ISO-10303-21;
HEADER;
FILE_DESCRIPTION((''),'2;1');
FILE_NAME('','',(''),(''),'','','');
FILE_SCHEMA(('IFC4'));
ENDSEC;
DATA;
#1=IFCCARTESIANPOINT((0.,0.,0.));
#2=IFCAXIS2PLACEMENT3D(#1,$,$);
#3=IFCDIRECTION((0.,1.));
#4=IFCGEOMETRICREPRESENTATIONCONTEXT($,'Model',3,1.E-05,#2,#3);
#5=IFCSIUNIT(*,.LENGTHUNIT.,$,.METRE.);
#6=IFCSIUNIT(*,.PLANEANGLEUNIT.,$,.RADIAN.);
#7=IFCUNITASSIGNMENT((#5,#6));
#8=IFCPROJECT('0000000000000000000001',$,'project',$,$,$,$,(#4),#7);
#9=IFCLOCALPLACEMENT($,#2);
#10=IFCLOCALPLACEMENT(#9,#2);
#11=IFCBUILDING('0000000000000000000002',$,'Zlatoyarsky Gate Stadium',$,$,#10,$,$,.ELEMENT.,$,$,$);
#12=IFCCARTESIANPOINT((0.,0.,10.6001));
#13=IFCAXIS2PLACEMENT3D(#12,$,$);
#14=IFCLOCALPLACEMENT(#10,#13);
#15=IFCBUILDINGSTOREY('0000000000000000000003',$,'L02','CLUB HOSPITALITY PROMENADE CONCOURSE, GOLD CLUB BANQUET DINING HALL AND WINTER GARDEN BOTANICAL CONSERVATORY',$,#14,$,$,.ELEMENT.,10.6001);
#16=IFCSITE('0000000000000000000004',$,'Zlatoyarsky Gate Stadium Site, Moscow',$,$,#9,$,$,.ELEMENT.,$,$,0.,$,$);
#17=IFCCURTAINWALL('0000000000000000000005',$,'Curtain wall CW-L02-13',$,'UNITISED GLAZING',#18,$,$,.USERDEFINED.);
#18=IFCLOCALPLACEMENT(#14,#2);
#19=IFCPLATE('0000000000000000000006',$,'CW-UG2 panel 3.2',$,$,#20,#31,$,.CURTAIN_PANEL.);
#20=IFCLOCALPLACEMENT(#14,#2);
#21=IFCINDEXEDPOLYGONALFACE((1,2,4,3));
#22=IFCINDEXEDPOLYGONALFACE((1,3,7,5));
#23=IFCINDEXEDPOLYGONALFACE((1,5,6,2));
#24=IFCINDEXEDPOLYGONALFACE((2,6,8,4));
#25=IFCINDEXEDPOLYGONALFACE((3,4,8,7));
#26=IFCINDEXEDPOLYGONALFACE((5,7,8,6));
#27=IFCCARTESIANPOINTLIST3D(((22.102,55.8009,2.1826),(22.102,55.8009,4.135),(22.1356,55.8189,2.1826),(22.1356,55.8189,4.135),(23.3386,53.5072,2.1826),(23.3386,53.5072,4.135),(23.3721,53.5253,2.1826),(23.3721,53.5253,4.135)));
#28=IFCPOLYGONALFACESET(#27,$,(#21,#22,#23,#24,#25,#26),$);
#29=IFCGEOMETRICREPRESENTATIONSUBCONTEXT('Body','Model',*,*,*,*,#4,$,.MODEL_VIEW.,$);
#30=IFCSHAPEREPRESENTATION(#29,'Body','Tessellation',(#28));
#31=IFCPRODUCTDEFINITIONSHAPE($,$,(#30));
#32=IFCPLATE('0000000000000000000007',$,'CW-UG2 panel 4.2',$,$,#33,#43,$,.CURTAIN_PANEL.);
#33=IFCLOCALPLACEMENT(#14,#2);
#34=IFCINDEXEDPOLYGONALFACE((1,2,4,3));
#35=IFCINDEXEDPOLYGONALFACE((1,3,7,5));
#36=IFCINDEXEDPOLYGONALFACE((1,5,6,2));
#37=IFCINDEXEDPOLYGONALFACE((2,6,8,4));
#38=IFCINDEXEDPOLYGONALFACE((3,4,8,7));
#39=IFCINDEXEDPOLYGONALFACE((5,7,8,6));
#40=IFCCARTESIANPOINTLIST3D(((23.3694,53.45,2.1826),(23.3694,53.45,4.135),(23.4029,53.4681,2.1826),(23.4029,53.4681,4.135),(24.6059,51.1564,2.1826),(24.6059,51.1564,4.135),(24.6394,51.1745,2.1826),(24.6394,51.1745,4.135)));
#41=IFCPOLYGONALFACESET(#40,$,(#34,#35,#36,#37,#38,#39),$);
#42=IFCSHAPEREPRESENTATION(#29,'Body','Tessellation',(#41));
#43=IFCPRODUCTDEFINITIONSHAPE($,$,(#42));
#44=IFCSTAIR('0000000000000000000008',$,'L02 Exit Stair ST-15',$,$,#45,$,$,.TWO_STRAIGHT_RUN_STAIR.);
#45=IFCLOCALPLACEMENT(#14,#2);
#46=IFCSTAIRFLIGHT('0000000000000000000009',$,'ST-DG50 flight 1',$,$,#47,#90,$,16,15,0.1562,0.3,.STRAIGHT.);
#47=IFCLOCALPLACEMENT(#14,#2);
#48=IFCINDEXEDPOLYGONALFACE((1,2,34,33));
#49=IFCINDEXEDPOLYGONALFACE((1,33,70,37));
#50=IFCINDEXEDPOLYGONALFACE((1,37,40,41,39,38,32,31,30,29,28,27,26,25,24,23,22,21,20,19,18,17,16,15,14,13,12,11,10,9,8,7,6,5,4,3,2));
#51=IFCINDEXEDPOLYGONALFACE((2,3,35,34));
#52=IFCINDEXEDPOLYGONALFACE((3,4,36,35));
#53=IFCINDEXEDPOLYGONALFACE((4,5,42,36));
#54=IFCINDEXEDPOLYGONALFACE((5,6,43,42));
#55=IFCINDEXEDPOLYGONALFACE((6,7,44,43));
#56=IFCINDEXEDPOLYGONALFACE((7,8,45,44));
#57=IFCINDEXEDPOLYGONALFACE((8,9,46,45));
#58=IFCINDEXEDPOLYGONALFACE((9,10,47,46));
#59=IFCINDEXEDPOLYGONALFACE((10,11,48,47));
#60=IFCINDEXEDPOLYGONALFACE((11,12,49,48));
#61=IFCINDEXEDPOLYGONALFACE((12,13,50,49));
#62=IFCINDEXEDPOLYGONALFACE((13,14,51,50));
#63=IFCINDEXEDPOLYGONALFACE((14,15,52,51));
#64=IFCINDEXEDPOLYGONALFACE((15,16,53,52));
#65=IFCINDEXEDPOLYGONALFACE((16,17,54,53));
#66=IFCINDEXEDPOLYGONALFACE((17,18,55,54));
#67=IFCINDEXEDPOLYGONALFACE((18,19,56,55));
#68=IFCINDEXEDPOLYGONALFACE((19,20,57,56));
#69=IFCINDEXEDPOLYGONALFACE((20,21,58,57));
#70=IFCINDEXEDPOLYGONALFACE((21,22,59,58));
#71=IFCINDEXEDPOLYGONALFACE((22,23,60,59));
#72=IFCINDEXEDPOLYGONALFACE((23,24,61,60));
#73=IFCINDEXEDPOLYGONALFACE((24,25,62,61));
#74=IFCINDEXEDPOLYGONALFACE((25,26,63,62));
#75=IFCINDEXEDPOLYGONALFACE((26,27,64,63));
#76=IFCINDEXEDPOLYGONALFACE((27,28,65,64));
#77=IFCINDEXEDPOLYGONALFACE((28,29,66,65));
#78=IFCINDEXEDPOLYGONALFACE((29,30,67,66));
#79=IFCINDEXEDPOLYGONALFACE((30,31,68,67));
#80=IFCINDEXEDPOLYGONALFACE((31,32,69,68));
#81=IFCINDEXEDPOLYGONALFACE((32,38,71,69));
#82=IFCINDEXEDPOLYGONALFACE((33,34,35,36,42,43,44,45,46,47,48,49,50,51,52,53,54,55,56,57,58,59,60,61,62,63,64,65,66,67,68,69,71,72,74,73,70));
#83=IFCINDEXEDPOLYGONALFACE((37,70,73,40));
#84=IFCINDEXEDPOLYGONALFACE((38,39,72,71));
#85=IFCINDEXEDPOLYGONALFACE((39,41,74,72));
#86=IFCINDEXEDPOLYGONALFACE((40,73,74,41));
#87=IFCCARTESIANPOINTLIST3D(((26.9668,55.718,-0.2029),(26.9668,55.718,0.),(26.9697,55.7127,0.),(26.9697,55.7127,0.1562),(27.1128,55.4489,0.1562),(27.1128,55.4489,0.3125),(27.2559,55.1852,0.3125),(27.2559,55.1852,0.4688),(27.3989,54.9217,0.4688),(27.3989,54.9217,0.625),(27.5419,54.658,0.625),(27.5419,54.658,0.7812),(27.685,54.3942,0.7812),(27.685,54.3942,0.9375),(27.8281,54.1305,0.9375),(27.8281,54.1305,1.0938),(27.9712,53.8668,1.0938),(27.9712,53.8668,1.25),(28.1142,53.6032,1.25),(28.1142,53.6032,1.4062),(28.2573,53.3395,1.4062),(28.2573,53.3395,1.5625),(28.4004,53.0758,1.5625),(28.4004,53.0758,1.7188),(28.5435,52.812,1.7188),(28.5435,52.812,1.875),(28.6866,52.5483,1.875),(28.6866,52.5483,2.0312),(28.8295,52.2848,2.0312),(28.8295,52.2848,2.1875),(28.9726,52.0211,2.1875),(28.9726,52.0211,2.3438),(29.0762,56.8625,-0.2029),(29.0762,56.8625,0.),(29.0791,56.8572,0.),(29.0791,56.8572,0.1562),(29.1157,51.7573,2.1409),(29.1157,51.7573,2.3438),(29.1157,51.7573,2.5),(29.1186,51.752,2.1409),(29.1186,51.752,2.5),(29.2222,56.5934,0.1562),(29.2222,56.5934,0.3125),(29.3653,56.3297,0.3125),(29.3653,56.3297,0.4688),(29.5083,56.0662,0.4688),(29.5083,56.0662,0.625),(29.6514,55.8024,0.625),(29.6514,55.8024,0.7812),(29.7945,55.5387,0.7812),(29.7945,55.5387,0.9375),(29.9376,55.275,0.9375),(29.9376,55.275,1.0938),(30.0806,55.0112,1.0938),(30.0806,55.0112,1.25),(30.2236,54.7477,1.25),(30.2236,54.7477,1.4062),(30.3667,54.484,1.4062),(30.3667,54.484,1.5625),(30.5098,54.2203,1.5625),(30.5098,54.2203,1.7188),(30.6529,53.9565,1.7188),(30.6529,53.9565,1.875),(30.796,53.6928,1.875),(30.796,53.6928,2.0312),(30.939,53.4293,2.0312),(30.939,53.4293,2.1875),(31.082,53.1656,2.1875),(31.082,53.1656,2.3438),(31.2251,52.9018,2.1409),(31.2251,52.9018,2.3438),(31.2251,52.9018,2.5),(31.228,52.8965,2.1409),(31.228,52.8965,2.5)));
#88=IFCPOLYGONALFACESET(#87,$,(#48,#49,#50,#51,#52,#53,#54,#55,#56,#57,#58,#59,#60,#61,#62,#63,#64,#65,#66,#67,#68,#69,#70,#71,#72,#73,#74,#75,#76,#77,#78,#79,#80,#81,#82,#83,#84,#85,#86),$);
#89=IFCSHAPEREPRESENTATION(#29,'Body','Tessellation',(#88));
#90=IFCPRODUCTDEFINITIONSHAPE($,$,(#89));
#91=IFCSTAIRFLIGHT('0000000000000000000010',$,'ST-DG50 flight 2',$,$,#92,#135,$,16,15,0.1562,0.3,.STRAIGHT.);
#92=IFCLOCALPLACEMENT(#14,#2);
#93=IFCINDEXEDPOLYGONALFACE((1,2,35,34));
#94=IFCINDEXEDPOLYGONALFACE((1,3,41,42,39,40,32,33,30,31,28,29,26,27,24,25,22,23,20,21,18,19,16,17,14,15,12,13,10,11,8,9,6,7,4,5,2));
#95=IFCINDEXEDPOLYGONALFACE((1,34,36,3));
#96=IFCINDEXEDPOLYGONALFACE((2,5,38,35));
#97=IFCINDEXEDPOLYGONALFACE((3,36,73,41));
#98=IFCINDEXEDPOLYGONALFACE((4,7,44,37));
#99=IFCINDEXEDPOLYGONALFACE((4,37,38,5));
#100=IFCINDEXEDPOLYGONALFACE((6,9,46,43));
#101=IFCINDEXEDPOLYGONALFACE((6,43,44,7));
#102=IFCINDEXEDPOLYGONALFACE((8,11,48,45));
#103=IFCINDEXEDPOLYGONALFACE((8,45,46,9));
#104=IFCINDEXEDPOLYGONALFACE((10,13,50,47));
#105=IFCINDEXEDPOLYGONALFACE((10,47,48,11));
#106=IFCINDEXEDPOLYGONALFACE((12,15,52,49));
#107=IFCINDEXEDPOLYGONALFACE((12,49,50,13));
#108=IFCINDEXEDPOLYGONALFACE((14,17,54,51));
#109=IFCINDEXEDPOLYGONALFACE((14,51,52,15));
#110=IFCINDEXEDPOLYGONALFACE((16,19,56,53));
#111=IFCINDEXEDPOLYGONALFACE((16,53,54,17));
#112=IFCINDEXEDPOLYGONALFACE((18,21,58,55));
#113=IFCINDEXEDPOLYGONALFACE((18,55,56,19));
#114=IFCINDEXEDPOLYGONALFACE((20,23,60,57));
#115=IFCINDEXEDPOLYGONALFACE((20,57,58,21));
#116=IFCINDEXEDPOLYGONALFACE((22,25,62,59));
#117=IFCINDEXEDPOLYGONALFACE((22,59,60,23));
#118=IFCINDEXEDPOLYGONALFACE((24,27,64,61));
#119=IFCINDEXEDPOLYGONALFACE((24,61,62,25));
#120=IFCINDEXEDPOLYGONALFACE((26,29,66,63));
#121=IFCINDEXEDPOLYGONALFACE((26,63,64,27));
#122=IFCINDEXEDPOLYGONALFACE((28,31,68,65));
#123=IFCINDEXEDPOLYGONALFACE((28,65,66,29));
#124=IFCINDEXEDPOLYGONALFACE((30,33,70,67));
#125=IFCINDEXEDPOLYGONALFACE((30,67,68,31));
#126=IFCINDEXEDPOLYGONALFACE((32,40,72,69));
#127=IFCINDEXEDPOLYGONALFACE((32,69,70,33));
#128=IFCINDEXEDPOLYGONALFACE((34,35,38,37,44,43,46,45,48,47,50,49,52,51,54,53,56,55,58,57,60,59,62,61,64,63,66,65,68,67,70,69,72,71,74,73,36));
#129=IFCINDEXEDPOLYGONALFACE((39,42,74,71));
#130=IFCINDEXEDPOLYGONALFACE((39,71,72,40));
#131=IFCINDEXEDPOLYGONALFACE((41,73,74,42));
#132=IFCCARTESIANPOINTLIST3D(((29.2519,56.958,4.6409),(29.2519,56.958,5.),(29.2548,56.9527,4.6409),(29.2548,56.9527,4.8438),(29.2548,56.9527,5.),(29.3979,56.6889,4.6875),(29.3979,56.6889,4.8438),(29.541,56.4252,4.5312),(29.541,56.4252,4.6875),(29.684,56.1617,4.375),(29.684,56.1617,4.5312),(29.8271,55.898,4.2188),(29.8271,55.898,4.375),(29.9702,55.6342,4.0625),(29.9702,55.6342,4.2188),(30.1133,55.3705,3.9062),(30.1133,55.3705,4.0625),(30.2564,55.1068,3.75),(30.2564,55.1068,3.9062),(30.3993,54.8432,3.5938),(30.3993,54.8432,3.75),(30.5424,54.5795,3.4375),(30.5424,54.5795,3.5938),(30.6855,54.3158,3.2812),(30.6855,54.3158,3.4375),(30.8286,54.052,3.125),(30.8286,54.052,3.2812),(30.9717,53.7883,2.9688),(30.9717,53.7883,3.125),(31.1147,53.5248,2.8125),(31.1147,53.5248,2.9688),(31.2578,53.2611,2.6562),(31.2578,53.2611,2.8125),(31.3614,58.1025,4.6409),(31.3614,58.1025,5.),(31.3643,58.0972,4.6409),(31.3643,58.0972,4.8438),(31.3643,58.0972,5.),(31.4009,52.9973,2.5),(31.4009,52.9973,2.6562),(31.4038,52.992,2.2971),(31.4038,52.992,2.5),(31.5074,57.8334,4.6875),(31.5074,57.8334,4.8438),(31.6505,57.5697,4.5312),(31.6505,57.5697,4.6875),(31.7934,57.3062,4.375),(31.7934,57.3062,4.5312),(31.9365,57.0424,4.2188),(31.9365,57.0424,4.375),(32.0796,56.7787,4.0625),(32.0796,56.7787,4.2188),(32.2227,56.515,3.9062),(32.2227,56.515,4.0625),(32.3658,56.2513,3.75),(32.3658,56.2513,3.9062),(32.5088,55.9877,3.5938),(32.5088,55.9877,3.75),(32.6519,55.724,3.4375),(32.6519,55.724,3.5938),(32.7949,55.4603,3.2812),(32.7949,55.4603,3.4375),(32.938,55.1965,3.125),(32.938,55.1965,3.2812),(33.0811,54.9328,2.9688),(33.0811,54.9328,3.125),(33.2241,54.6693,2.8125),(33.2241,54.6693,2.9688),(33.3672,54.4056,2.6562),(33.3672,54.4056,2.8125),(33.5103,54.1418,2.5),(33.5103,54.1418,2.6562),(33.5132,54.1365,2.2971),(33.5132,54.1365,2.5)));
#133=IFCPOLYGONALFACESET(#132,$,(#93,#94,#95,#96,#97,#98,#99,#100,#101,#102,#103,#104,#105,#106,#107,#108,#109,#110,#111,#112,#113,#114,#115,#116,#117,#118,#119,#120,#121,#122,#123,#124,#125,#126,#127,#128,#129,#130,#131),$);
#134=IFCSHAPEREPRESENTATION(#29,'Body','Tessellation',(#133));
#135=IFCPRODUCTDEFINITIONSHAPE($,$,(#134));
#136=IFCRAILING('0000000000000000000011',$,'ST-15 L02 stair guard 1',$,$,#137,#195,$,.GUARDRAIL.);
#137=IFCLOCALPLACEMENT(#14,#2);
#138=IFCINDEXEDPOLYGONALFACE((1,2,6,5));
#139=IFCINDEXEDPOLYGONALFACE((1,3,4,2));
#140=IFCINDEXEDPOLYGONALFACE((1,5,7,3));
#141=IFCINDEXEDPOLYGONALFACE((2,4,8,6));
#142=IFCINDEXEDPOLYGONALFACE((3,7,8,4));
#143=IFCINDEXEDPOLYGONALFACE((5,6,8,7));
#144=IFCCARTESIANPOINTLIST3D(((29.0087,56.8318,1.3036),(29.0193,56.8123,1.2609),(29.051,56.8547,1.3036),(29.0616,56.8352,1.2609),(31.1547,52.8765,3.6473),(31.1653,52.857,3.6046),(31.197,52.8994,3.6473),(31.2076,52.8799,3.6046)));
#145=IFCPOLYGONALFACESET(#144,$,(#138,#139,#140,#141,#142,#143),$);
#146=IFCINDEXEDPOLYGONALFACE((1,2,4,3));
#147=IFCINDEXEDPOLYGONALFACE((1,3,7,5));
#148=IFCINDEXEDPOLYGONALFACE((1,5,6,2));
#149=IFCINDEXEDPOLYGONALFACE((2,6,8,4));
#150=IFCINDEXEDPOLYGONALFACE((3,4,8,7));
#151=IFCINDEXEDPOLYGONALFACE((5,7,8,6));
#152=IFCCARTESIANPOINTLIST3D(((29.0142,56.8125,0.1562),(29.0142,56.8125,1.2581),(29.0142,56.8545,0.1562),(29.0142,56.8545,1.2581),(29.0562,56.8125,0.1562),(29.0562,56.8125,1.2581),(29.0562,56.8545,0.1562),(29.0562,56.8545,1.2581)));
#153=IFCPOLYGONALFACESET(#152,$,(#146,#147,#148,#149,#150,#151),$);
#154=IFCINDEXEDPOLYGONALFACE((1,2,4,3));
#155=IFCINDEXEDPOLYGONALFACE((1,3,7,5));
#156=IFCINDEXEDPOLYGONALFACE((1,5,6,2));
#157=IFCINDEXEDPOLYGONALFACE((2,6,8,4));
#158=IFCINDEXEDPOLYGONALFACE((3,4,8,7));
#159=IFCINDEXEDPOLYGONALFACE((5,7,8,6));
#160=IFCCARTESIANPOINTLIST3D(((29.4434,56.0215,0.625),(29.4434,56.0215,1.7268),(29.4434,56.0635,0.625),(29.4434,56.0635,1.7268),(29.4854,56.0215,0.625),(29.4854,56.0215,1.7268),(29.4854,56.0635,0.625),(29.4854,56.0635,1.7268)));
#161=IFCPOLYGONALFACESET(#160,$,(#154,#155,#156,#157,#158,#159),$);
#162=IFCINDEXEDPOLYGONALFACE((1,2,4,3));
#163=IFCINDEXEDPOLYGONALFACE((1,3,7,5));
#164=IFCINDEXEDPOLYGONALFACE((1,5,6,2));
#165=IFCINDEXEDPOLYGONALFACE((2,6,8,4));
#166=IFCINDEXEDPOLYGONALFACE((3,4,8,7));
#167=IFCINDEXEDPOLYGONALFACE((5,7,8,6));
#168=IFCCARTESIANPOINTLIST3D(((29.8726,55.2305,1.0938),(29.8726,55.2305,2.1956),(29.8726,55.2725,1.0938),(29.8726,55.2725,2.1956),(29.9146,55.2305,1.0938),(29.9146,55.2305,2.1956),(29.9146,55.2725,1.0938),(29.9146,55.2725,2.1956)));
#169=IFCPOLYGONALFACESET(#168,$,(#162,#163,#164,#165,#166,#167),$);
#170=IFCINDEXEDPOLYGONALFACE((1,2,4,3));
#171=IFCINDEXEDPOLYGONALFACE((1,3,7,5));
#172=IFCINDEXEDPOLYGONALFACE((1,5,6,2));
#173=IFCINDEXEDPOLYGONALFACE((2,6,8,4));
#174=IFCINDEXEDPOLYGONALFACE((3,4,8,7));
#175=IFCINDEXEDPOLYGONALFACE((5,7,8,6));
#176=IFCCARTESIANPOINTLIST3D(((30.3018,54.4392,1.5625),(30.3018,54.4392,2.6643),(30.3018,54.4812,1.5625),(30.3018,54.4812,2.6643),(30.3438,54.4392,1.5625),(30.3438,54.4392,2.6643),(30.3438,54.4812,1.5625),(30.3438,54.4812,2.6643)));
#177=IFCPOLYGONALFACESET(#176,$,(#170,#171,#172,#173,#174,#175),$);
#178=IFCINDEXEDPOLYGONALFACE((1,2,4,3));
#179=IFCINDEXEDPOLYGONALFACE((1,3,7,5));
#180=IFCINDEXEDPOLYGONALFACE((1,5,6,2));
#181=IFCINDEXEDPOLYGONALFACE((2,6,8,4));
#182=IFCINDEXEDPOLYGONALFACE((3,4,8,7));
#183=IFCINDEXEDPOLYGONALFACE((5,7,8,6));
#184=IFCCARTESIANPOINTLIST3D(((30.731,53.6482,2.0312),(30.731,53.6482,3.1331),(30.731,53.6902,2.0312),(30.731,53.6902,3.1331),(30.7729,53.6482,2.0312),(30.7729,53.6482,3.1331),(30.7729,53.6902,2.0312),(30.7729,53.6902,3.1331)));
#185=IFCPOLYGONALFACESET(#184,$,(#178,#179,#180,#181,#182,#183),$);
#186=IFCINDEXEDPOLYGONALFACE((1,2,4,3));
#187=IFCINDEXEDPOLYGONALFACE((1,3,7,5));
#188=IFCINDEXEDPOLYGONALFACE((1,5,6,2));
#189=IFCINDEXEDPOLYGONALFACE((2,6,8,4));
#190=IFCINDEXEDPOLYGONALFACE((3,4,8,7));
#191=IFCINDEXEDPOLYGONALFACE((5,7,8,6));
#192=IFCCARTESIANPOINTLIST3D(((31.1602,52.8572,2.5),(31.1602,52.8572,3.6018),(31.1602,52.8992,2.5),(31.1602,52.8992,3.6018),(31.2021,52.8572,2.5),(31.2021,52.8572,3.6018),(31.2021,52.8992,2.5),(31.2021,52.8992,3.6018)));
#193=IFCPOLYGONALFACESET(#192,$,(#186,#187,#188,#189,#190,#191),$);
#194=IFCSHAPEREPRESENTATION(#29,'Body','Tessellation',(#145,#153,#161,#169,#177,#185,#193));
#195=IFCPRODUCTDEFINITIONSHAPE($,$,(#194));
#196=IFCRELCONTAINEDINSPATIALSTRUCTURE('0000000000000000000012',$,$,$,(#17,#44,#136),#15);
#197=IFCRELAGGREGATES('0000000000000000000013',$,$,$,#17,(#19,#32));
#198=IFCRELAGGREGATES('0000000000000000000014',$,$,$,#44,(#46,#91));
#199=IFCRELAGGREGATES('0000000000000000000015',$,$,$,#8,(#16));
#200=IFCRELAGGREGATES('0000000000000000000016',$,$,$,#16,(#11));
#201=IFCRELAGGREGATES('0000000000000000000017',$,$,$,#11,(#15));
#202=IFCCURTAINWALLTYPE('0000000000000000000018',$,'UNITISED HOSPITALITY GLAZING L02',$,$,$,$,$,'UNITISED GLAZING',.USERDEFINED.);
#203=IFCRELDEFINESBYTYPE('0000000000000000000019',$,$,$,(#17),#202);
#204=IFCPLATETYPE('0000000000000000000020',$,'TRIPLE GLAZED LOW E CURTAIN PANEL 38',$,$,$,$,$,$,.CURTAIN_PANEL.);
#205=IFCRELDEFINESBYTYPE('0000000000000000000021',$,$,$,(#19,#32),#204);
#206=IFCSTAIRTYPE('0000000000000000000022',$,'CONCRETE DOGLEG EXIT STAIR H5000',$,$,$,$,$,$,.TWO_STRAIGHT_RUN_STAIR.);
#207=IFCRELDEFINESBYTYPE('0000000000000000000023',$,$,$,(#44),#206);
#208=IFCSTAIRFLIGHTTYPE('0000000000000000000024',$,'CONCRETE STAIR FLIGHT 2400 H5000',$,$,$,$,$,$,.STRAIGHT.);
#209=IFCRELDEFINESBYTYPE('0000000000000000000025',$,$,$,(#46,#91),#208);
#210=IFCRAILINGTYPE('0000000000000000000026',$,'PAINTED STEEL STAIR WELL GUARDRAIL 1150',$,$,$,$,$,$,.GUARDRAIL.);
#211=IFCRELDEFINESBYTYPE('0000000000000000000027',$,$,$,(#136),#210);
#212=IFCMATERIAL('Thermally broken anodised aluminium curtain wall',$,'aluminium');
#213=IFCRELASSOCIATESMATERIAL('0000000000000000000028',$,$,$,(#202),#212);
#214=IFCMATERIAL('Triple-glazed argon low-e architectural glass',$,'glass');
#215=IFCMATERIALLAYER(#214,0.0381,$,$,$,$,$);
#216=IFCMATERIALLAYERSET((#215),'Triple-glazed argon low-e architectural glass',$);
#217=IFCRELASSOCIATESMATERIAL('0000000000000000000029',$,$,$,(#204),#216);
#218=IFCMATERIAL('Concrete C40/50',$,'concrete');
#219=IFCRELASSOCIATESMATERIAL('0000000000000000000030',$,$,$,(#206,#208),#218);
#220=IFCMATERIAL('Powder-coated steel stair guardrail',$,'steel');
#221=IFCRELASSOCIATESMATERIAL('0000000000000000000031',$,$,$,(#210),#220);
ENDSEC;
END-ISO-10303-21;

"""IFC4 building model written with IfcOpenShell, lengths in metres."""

from ifc_helpers import new_model, si_unit, direction, frame, origin, origin_2d, place, context, subcontext, project, spatial, polyline, rectangle, outline, extrude, material, layer, layer_set, type_object, element, aggregate, save


model = new_model("IFC4")

# Units and contexts
model_context = context("Model", 3, precision=1e-05, world=origin(), true_north=direction((0.0, 1.0)))
body_context = subcontext(model_context, "Body", "Model", "MODEL_VIEW")
ifc_project = project(units=[si_unit("LENGTHUNIT", "METRE"), si_unit("PLANEANGLEUNIT", "RADIAN")], contexts=[model_context])

# Site, building, storey
site_placement = place(None, origin())
site = spatial("IfcSite", under=ifc_project, at=site_placement, Name="Zlatoyarsky Gate Stadium Site, Moscow", CompositionType="ELEMENT", RefElevation=0.0)
building_placement = place(site_placement, origin())
building = spatial("IfcBuilding", under=site, at=building_placement, Name="Zlatoyarsky Gate Stadium", CompositionType="ELEMENT")
storey_placement = place(building_placement, frame((0.0, 0.0, 10.6001)))
storey = spatial("IfcBuildingStorey", under=building, at=storey_placement, Name="L02", Description="CLUB HOSPITALITY PROMENADE CONCOURSE, GOLD CLUB BANQUET DINING HALL AND WINTER GARDEN BOTANICAL CONSERVATORY", CompositionType="ELEMENT", Elevation=10.6001)

# Curtain wall
ifc_material_1 = material(Name="Thermally broken anodised aluminium curtain wall", Category="aluminium")
curtain_wall_type = type_object("IfcCurtainWallType", Name="UNITISED HOSPITALITY GLAZING L02", ElementType="UNITISED GLAZING", PredefinedType="USERDEFINED", material=ifc_material_1)
curtain_wall_placement = place(storey_placement, origin())
curtain_wall = element("IfcCurtainWall", 1, at=curtain_wall_placement, inside=storey, type_object=curtain_wall_type, Name="Curtain wall CW-L02-13", ObjectType="UNITISED GLAZING", PredefinedType="USERDEFINED")

# Plates
ifc_material_2 = material(Name="Triple-glazed argon low-e architectural glass", Category="glass")
ifc_layer_1 = layer(ifc_material_2, 0.0381)
ifc_layer_set_1 = layer_set([ifc_layer_1], Name="Triple-glazed argon low-e architectural glass")
plate_type_1 = type_object("IfcPlateType", Name="TRIPLE GLAZED LOW E CURTAIN PANEL 38", PredefinedType="CURTAIN_PANEL", material=ifc_layer_set_1)
plate_1_placement = place(storey_placement, frame((22.7371, 54.6631, 2.1826), z_axis=(0.0, 0.0, 1.0), x_axis=(0.474536, -0.880236, 0.0)))
plate_1 = element("IfcPlate", 2, at=plate_1_placement, type_object=plate_type_1, Name="CW-UG2 panel 3.2", PredefinedType="CURTAIN_PANEL", context=body_context, shape_type="SweptSolid", body=[
    extrude(rectangle(XDim=2.6057, YDim=0.0381, at=origin_2d()), origin(), (0.0, 0.0, 1.0), 1.9524),
])
plate_2_placement = place(storey_placement, frame((24.0044, 52.3123, 2.1826), z_axis=(0.0, 0.0, 1.0), x_axis=(0.474536, -0.880236, 0.0)))
plate_2 = element("IfcPlate", 3, at=plate_2_placement, type_object=plate_type_1, Name="CW-UG2 panel 4.2", PredefinedType="CURTAIN_PANEL", context=body_context, shape_type="SweptSolid", body=[
    extrude(rectangle(XDim=2.6057, YDim=0.0381, at=origin_2d()), origin(), (0.0, 0.0, 1.0), 1.9524),
])
aggregate(curtain_wall, [plate_1, plate_2])

# Stair, stair flights
ifc_material_3 = material(Name="Concrete C40/50", Category="concrete")
stair_type = type_object("IfcStairType", Name="CONCRETE DOGLEG EXIT STAIR H5000", PredefinedType="TWO_STRAIGHT_RUN_STAIR", material=ifc_material_3)
stair_placement = place(storey_placement, origin())
stair = element("IfcStair", 4, at=stair_placement, inside=storey, type_object=stair_type, Name="L02 Exit Stair ST-15", PredefinedType="TWO_STRAIGHT_RUN_STAIR")
stair_flight_type = type_object("IfcStairFlightType", Name="CONCRETE STAIR FLIGHT 2400 H5000", PredefinedType="STRAIGHT", material=ifc_material_3)
stair_flight_1_placement = place(storey_placement, frame((28.0244, 56.2849, 0.0), z_axis=(0.0, 0.0, 1.0), x_axis=(0.47689, -0.878963, 0.0)))
stair_flight_1 = element("IfcStairFlight", 5, at=stair_flight_1_placement, type_object=stair_flight_type, Name="ST-DG50 flight 1", NumberOfRisers=16, NumberOfTreads=15, PredefinedType="STRAIGHT", RiserHeight=0.1562, TreadLength=0.3, context=body_context, shape_type="SweptSolid", body=[
    extrude(outline(polyline([(-0.0061, -0.2029), (-0.0061, 0.0), (0.0, 0.0), (0.0, 0.1562), (0.3, 0.1562), (0.3, 0.3125), (0.6001, 0.3125), (0.6001, 0.4688), (0.8999, 0.4688), (0.8999, 0.625), (1.2, 0.625), (1.2, 0.7812), (1.5, 0.7812), (1.5, 0.9375), (1.8, 0.9375), (1.8, 1.0938), (2.1001, 1.0938), (2.1001, 1.25), (2.3999, 1.25), (2.3999, 1.4062), (2.7, 1.4062), (2.7, 1.5625), (3.0, 1.5625), (3.0, 1.7188), (3.3, 1.7188), (3.3, 1.875), (3.6001, 1.875), (3.6001, 2.0312), (3.8999, 2.0312), (3.8999, 2.1875), (4.2, 2.1875), (4.2, 2.3438), (4.5, 2.3438), (4.5, 2.5), (4.5061, 2.5), (4.5061, 2.1409), (4.5, 2.1409), (-0.0061, -0.2029)])), frame((0.0, 1.2, 0.0), z_axis=(0.0, -1.0, 0.0), x_axis=(1.0, 0.0, 0.0)), (0.0, 0.0, 1.0), 2.3999),
])
stair_flight_2_placement = place(storey_placement, frame((32.4556, 53.5696, 2.5), z_axis=(0.0, 0.0, 1.0), x_axis=(-0.47689, 0.878963, 0.0)))
stair_flight_2 = element("IfcStairFlight", 6, at=stair_flight_2_placement, type_object=stair_flight_type, Name="ST-DG50 flight 2", NumberOfRisers=16, NumberOfTreads=15, PredefinedType="STRAIGHT", RiserHeight=0.1562, TreadLength=0.3, context=body_context, shape_type="SweptSolid", body=[
    extrude(outline(polyline([(-0.0061, -0.2029), (-0.0061, 0.0), (0.0, 0.0), (0.0, 0.1562), (0.3, 0.1562), (0.3, 0.3125), (0.6001, 0.3125), (0.6001, 0.4688), (0.8999, 0.4688), (0.8999, 0.625), (1.2, 0.625), (1.2, 0.7812), (1.5, 0.7812), (1.5, 0.9375), (1.8, 0.9375), (1.8, 1.0938), (2.1001, 1.0938), (2.1001, 1.25), (2.3999, 1.25), (2.3999, 1.4062), (2.7, 1.4062), (2.7, 1.5625), (3.0, 1.5625), (3.0, 1.7188), (3.3, 1.7188), (3.3, 1.875), (3.6001, 1.875), (3.6001, 2.0312), (3.8999, 2.0312), (3.8999, 2.1875), (4.2, 2.1875), (4.2, 2.3438), (4.5, 2.3438), (4.5, 2.5), (4.5061, 2.5), (4.5061, 2.1409), (4.5, 2.1409), (-0.0061, -0.2029)])), frame((0.0, 1.2, 0.0), z_axis=(0.0, -1.0, 0.0), x_axis=(1.0, 0.0, 0.0)), (0.0, 0.0, 1.0), 2.3999),
])
aggregate(stair, [stair_flight_1, stair_flight_2])

# Railing
ifc_material_4 = material(Name="Powder-coated steel stair guardrail", Category="steel")
railing_type_1 = type_object("IfcRailingType", Name="PAINTED STEEL STAIR WELL GUARDRAIL 1150", PredefinedType="GUARDRAIL", material=ifc_material_4)
railing_1_placement = place(storey_placement, frame((29.0352, 56.8335, 0.1562)))
element("IfcRailing", 7, at=railing_1_placement, inside=storey, type_object=railing_type_1, Name="ST-15 L02 stair guard 1", PredefinedType="GUARDRAIL", context=body_context, shape_type="SweptSolid", body=[
    extrude(rectangle(XDim=0.0481, YDim=0.0481, at=origin_2d()), frame((0.0, 0.0, 1.126), z_axis=(0.42296, -0.779564, 0.461936), x_axis=(0.878963, 0.47689, 0.0)), (0.0, 0.0, 1.0), 5.0737),
    extrude(rectangle(XDim=0.042, YDim=0.042, at=origin_2d()), origin(), (0.0, 0.0, 1.0), 1.1018),
    extrude(rectangle(XDim=0.042, YDim=0.042, at=origin_2d()), frame((0.4292, -0.791, 0.4688)), (0.0, 0.0, 1.0), 1.1018),
    extrude(rectangle(XDim=0.042, YDim=0.042, at=origin_2d()), frame((0.8584, -1.582, 0.9375)), (0.0, 0.0, 1.0), 1.1018),
    extrude(rectangle(XDim=0.042, YDim=0.042, at=origin_2d()), frame((1.2876, -2.3733, 1.4062)), (0.0, 0.0, 1.0), 1.1018),
    extrude(rectangle(XDim=0.042, YDim=0.042, at=origin_2d()), frame((1.7168, -3.1643, 1.875)), (0.0, 0.0, 1.0), 1.1018),
    extrude(rectangle(XDim=0.042, YDim=0.042, at=origin_2d()), frame((2.146, -3.9553, 2.3438)), (0.0, 0.0, 1.0), 1.1018),
])

save(model, "model.ifc")
